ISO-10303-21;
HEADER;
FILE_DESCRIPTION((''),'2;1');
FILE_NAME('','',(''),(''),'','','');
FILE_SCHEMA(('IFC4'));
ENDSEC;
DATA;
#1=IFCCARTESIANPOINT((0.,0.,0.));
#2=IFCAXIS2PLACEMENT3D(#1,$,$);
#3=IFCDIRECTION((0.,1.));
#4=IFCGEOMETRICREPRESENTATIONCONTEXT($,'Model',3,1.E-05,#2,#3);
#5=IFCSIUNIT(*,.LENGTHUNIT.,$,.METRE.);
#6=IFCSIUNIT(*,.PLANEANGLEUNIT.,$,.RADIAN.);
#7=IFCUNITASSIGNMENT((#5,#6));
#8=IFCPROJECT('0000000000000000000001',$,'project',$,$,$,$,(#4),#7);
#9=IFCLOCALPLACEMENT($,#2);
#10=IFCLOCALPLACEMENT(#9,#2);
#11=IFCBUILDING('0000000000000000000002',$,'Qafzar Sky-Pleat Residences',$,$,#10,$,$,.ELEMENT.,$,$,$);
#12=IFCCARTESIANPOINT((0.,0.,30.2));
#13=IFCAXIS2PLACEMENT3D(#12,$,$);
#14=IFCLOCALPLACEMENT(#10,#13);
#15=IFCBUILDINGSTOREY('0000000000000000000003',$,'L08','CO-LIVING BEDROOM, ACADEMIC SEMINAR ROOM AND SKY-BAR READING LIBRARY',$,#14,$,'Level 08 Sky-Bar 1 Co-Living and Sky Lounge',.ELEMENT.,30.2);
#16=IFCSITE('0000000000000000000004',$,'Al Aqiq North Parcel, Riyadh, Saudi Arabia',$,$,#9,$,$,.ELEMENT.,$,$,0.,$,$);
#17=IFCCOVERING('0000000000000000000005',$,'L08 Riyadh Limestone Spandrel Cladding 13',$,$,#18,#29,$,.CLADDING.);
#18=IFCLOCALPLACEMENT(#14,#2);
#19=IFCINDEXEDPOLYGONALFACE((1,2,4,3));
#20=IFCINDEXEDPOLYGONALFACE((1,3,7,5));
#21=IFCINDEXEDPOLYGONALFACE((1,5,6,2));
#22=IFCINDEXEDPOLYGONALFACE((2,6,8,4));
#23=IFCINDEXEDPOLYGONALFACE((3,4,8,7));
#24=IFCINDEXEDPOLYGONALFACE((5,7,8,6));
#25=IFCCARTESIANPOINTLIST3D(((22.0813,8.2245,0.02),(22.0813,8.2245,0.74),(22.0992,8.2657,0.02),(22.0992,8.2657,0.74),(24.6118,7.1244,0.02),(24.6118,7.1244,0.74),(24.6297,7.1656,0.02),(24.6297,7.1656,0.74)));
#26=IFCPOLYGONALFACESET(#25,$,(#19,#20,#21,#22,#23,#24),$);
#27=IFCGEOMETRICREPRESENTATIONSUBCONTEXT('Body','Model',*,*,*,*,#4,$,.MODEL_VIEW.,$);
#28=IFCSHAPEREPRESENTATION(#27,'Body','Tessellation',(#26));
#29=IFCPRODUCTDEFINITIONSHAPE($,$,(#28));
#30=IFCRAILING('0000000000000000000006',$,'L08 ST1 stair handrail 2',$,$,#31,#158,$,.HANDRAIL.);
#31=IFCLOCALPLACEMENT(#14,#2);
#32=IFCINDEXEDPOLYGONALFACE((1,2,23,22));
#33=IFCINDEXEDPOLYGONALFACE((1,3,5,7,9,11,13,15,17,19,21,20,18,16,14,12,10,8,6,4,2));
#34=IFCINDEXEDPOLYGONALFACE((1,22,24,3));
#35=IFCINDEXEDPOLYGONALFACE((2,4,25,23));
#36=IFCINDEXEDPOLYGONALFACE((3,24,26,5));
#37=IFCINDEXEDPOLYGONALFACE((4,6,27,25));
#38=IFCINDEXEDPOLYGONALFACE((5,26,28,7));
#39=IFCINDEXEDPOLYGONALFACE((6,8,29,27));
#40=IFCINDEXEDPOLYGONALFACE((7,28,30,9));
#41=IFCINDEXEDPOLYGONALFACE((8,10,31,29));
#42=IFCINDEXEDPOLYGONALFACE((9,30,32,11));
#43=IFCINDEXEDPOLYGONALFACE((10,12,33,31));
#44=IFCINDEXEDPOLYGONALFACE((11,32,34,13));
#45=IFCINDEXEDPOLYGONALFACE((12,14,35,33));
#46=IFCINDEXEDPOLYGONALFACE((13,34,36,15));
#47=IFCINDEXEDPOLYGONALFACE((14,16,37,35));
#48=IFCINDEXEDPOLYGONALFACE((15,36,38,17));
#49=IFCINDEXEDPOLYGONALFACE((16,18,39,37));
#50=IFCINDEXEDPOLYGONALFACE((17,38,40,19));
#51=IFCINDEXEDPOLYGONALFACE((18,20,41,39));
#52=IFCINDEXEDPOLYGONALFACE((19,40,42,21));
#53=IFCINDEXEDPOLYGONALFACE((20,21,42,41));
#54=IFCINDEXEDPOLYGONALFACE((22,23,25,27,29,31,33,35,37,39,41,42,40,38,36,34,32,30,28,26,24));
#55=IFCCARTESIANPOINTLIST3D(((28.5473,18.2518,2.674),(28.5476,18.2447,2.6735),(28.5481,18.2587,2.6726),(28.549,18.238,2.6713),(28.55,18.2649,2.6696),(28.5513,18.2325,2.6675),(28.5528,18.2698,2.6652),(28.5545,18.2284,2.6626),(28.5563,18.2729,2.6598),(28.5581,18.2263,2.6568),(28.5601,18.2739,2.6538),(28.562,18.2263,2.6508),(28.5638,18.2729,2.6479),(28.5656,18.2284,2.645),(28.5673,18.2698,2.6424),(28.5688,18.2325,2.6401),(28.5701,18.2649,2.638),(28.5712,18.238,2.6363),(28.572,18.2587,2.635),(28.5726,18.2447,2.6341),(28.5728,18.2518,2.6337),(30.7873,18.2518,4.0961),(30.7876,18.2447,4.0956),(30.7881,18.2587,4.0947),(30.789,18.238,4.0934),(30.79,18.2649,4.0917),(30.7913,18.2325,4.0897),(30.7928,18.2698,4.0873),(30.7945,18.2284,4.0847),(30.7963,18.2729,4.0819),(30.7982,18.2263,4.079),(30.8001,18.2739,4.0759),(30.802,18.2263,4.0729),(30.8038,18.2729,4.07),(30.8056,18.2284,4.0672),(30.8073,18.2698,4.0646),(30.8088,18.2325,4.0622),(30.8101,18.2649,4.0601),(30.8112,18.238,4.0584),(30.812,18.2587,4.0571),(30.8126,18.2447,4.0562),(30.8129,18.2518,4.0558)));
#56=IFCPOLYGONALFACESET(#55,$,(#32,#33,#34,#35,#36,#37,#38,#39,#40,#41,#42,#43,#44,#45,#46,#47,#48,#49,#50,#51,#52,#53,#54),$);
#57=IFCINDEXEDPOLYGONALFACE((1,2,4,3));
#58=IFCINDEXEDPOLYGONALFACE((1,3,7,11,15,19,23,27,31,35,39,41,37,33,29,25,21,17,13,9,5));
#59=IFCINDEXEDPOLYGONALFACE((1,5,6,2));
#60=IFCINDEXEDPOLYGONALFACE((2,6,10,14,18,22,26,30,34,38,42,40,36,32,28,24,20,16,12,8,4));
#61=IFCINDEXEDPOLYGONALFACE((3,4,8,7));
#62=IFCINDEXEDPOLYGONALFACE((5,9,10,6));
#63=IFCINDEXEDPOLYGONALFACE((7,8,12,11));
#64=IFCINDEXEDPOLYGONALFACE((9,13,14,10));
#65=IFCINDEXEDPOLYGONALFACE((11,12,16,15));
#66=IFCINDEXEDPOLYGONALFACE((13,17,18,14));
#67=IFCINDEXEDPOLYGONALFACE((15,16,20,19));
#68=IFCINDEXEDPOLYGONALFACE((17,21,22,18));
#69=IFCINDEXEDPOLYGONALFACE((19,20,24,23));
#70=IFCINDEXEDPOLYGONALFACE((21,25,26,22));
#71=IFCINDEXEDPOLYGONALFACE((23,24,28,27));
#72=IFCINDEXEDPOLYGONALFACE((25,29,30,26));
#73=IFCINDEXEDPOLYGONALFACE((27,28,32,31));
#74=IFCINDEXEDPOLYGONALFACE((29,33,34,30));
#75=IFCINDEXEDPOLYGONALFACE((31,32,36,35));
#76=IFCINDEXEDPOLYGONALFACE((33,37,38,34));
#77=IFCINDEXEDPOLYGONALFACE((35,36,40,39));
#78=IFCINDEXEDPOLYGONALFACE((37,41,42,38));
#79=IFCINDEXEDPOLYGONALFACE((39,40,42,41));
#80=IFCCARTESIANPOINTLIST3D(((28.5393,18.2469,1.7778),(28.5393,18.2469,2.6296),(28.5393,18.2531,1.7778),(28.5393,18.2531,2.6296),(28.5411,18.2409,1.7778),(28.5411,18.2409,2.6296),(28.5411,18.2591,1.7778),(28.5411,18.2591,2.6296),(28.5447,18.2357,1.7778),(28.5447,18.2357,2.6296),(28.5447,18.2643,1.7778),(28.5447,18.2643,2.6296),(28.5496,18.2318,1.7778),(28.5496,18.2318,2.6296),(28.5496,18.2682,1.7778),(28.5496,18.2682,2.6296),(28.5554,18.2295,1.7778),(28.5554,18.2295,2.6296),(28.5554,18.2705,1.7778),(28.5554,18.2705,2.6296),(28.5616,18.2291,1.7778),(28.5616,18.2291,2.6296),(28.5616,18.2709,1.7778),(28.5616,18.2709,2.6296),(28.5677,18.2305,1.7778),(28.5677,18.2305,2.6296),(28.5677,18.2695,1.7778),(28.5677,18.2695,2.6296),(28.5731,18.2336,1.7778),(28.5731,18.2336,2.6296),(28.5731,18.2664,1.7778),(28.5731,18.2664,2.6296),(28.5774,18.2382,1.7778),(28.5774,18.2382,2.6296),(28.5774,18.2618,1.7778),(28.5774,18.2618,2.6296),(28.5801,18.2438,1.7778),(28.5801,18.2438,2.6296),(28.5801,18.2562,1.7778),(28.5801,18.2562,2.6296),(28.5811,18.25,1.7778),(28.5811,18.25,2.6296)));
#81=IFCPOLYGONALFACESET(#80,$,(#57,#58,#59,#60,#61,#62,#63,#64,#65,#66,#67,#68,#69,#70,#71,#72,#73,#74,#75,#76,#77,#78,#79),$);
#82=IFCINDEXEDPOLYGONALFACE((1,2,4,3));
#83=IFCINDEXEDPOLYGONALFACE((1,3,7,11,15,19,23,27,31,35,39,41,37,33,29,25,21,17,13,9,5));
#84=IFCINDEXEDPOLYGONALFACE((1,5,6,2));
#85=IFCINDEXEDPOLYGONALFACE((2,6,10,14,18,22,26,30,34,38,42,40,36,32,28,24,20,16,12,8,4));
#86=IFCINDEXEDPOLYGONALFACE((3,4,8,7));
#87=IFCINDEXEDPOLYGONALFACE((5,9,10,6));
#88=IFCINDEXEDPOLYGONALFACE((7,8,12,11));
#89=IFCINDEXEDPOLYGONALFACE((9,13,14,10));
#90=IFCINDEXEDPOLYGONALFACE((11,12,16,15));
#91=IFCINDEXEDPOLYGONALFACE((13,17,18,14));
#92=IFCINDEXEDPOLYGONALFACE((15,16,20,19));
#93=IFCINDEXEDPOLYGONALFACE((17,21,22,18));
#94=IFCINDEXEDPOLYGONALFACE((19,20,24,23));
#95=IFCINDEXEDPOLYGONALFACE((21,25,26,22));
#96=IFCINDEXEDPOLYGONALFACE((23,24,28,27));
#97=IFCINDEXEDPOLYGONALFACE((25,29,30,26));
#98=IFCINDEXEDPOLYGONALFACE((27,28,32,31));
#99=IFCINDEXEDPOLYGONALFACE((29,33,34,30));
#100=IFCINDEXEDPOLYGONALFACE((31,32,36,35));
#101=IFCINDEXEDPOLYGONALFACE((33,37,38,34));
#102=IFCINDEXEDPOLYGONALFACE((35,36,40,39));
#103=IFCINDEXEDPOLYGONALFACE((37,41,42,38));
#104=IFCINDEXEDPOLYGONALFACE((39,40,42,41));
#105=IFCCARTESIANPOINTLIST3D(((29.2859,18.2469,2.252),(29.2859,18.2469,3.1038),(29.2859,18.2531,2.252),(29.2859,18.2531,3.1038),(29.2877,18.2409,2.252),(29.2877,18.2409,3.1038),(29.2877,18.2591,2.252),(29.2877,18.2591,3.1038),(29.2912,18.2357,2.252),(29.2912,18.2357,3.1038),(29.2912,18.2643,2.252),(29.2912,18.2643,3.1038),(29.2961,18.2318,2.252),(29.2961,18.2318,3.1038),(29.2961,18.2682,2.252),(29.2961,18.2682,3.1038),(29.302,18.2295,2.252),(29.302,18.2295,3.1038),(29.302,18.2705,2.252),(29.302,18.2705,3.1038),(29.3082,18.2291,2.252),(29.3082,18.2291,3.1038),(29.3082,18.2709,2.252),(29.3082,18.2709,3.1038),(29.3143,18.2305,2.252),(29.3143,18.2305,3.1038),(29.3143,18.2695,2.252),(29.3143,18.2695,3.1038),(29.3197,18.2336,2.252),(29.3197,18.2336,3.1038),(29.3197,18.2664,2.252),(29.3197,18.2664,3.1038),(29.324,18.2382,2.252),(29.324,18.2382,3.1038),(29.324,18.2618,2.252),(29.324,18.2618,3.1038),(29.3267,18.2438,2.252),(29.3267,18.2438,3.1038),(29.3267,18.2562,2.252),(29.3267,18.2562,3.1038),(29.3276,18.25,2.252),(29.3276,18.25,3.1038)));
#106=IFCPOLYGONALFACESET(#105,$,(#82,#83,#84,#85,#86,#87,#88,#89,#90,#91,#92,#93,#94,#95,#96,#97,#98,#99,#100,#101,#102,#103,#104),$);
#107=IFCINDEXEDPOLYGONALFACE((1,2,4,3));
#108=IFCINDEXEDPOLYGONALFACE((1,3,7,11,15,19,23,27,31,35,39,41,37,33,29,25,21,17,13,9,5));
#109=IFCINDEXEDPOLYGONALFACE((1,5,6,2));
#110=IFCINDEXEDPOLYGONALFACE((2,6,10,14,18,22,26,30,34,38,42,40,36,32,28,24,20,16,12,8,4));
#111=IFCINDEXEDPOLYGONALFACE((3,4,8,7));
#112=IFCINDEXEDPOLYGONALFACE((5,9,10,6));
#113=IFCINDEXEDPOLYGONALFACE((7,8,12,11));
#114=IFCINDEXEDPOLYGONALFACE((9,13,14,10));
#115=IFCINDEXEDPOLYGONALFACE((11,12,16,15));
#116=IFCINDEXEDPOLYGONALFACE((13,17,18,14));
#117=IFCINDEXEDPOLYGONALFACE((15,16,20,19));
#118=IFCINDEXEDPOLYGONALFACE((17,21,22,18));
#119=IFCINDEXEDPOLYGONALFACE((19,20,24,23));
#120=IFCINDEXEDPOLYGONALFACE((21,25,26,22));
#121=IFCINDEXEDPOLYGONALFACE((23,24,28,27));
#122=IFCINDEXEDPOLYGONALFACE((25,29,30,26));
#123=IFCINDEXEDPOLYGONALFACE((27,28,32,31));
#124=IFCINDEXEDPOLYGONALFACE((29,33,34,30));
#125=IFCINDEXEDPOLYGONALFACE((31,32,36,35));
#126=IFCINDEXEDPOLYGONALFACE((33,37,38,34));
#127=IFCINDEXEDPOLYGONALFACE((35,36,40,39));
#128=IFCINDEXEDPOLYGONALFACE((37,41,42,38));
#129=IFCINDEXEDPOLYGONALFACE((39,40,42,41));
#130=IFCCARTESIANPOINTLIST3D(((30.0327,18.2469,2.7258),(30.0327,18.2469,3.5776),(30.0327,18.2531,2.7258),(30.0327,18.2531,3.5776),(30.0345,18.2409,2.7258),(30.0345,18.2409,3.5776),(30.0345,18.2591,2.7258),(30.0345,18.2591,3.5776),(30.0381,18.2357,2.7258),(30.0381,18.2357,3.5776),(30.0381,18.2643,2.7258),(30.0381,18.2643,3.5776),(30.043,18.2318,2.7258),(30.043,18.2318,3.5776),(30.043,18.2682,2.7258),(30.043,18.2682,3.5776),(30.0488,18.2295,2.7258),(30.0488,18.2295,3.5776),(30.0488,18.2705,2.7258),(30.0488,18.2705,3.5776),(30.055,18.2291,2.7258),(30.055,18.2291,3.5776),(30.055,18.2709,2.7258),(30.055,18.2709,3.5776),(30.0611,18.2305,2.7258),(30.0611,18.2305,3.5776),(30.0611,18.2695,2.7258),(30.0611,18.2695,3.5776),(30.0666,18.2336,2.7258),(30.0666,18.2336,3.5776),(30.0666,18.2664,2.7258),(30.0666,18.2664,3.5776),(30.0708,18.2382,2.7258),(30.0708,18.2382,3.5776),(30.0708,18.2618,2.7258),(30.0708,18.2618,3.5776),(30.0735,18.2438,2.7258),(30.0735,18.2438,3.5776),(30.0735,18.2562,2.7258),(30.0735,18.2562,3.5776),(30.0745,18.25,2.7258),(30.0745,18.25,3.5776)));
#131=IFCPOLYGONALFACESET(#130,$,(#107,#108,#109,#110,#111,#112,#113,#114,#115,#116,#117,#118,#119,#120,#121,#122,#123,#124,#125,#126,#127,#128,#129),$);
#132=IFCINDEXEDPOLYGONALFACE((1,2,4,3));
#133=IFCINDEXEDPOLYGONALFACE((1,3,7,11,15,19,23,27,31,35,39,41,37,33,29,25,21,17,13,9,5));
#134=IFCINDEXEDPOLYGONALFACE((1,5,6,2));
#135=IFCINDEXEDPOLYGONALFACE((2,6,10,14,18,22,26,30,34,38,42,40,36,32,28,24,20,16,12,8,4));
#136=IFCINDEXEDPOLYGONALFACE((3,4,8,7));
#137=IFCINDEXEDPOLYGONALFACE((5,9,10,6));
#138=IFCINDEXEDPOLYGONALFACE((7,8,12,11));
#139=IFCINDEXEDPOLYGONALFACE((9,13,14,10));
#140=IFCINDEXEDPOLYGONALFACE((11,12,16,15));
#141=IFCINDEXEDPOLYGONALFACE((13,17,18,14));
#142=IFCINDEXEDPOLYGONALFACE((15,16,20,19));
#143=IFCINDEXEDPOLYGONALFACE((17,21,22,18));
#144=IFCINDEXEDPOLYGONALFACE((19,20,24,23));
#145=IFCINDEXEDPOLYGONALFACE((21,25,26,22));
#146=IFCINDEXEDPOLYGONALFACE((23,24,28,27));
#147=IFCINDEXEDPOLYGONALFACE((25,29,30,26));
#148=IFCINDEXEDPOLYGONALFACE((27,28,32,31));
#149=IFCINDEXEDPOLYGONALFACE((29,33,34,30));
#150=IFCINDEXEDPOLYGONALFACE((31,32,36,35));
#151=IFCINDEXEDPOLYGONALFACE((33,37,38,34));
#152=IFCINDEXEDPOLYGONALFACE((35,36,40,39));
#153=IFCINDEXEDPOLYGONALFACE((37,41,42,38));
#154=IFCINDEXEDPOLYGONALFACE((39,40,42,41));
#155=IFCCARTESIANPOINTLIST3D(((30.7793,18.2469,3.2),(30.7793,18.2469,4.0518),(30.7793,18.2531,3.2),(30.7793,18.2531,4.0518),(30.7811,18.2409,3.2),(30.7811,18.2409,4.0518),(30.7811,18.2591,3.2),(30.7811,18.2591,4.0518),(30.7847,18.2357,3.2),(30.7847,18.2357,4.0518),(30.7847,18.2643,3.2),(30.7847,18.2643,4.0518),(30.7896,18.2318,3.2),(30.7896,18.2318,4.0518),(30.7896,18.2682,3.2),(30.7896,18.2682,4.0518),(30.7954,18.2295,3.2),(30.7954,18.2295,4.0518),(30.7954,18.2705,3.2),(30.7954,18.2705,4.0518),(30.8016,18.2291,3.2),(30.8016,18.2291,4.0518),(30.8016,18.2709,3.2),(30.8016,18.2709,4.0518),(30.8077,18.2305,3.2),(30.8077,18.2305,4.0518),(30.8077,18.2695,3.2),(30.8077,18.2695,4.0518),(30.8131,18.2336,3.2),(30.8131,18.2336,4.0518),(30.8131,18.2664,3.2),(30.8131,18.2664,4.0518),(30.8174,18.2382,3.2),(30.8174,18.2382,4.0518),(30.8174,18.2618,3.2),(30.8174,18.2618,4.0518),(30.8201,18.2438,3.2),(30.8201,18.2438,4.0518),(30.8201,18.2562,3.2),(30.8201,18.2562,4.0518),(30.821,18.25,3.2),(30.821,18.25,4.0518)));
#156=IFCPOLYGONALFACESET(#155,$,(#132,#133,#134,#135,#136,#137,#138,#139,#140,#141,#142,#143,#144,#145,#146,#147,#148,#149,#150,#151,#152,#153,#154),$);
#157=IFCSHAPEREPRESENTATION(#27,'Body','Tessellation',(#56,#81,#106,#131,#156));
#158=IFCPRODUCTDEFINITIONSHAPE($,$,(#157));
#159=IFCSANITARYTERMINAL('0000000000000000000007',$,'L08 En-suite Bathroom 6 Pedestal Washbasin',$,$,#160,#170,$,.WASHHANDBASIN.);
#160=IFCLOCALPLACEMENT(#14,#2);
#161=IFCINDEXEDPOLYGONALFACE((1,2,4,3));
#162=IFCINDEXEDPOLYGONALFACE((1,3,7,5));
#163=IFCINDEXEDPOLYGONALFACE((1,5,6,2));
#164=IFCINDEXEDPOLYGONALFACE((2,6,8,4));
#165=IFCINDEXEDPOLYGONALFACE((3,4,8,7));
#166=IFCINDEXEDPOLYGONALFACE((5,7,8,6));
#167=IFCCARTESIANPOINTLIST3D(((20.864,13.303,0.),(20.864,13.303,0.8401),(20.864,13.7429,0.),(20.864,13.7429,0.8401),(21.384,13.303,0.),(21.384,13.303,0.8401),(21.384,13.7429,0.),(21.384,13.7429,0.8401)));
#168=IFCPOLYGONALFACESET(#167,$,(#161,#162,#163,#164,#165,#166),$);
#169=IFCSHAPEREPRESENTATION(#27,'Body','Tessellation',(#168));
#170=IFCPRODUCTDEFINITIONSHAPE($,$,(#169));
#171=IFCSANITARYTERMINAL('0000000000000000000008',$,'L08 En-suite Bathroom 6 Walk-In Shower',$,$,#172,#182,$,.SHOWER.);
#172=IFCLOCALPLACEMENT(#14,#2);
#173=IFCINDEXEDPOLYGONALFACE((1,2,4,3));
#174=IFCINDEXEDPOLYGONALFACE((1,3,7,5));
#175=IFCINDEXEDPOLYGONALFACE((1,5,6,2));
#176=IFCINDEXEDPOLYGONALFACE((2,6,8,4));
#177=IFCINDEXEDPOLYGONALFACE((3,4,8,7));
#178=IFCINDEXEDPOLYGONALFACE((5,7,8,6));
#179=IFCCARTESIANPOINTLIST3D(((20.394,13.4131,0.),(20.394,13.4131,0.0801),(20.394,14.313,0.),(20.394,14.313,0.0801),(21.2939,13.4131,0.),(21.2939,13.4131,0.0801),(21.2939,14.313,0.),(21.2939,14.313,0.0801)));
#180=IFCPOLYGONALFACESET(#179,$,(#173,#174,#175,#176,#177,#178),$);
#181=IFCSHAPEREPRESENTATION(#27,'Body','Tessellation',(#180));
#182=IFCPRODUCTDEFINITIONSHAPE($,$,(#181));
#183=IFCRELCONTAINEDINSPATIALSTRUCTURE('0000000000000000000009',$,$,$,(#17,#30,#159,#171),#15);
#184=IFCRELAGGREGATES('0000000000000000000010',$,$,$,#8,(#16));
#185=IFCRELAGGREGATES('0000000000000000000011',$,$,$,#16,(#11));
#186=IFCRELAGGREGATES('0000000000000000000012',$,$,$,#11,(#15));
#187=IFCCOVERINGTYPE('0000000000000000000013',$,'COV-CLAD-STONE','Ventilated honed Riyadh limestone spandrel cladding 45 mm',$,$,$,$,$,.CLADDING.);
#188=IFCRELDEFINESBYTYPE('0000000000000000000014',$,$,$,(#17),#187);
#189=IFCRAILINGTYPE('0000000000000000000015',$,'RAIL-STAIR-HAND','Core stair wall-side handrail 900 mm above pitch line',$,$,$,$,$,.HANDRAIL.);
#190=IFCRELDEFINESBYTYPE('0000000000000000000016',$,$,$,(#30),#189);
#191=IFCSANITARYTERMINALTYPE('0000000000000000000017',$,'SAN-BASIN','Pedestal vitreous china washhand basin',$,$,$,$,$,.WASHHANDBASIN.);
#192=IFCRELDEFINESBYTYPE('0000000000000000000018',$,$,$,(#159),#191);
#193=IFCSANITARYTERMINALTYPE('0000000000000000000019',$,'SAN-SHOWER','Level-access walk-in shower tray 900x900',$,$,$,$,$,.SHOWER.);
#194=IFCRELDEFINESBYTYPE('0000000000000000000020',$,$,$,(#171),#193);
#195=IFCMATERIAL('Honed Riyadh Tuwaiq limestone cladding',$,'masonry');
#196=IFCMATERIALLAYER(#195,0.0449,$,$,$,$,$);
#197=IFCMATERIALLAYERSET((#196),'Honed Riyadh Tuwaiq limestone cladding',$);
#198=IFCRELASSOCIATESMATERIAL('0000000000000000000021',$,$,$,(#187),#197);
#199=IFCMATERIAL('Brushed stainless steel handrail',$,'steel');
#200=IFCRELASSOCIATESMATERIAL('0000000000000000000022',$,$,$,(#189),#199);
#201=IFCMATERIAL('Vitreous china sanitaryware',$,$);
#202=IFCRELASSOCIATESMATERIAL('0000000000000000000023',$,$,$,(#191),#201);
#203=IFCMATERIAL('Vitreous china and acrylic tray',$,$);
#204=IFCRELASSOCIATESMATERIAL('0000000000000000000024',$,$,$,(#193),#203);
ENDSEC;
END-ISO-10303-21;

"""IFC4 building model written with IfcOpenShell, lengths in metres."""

from ifc_helpers import new_model, si_unit, direction, frame, origin, origin_2d, place, context, subcontext, project, spatial, rectangle, circle, extrude, source, transform, mapped, material, layer, layer_set, type_object, element, save


model = new_model("IFC4")

# Units and contexts
model_context = context("Model", 3, precision=1e-05, world=origin(), true_north=direction((0.0, 1.0)))
body_context = subcontext(model_context, "Body", "Model", "MODEL_VIEW")
ifc_project = project(units=[si_unit("LENGTHUNIT", "METRE"), si_unit("PLANEANGLEUNIT", "RADIAN")], contexts=[model_context])

# Site, building, storey
site_placement = place(None, origin())
site = spatial("IfcSite", under=ifc_project, at=site_placement, Name="Al Aqiq North Parcel, Riyadh, Saudi Arabia", CompositionType="ELEMENT", RefElevation=0.0)
building_placement = place(site_placement, origin())
building = spatial("IfcBuilding", under=site, at=building_placement, Name="Qafzar Sky-Pleat Residences", CompositionType="ELEMENT")
storey_placement = place(building_placement, frame((0.0, 0.0, 30.2)))
storey = spatial("IfcBuildingStorey", under=building, at=storey_placement, Name="L08", Description="CO-LIVING BEDROOM, ACADEMIC SEMINAR ROOM AND SKY-BAR READING LIBRARY", LongName="Level 08 Sky-Bar 1 Co-Living and Sky Lounge", CompositionType="ELEMENT", Elevation=30.2)

# Covering
ifc_material_1 = material(Name="Honed Riyadh Tuwaiq limestone cladding", Category="masonry")
ifc_layer_1 = layer(ifc_material_1, 0.0449)
ifc_layer_set_1 = layer_set([ifc_layer_1], Name="Honed Riyadh Tuwaiq limestone cladding")
covering_type = type_object("IfcCoveringType", Name="COV-CLAD-STONE", Description="Ventilated honed Riyadh limestone spandrel cladding 45 mm", PredefinedType="CLADDING", material=ifc_layer_set_1)
shared_shape_1 = source(origin(), body_context, "Body", "SweptSolid", [
    extrude(rectangle(XDim=2.7593, YDim=0.0449, at=origin_2d()), origin(), (0.0, 0.0, 1.0), 0.72),
])
covering_placement = place(storey_placement, frame((23.3555, 7.6951, 0.02), z_axis=(0.0, 0.0, 1.0), x_axis=(0.917079, -0.398705, 0.0)))
element("IfcCovering", 1, at=covering_placement, inside=storey, type_object=covering_type, Name="L08 Riyadh Limestone Spandrel Cladding 13", PredefinedType="CLADDING", context=body_context, shape_type="MappedRepresentation", body=[
    mapped(shared_shape_1, transform((0.0, 0.0, 0.0), x_axis=(1.0, 0.0, 0.0), y_axis=(0.0, 1.0, 0.0), z_axis=(0.0, 0.0, 1.0), scale=1.0)),
])

# Railing
ifc_material_2 = material(Name="Brushed stainless steel handrail", Category="steel")
railing_type = type_object("IfcRailingType", Name="RAIL-STAIR-HAND", Description="Core stair wall-side handrail 900 mm above pitch line", PredefinedType="HANDRAIL", material=ifc_material_2)
shared_shape_2 = source(origin(), body_context, "Body", "SweptSolid", [
    extrude(circle(Radius=0.0239, at=origin_2d()), frame((0.0, 0.0, 0.876), z_axis=(0.844229, 0.0, 0.535982), x_axis=(0.0, 1.0, 0.0)), (0.0, 0.0, 1.0), 2.6533),
    extrude(circle(Radius=0.021, at=origin_2d()), origin(), (0.0, 0.0, 1.0), 0.8518),
    extrude(circle(Radius=0.021, at=origin_2d()), frame((0.7466, 0.0, 0.4741)), (0.0, 0.0, 1.0), 0.8518),
    extrude(circle(Radius=0.021, at=origin_2d()), frame((1.4934, 0.0, 0.948)), (0.0, 0.0, 1.0), 0.8518),
    extrude(circle(Radius=0.021, at=origin_2d()), frame((2.24, 0.0, 1.4221)), (0.0, 0.0, 1.0), 0.8518),
])
railing_placement = place(storey_placement, frame((28.5601, 18.25, 1.7778)))
element("IfcRailing", 2, at=railing_placement, inside=storey, type_object=railing_type, Name="L08 ST1 stair handrail 2", PredefinedType="HANDRAIL", context=body_context, shape_type="MappedRepresentation", body=[
    mapped(shared_shape_2, transform((0.0, 0.0, 0.0), x_axis=(1.0, 0.0, 0.0), y_axis=(0.0, 1.0, 0.0), z_axis=(0.0, 0.0, 1.0), scale=1.0)),
])

# Sanitary terminals
ifc_material_3 = material(Name="Vitreous china sanitaryware")
sanitary_terminal_type_1 = type_object("IfcSanitaryTerminalType", Name="SAN-BASIN", Description="Pedestal vitreous china washhand basin", PredefinedType="WASHHANDBASIN", material=ifc_material_3)
shared_shape_3 = source(origin(), body_context, "Body", "SweptSolid", [
    extrude(rectangle(XDim=0.52, YDim=0.4399, at=origin_2d()), origin(), (0.0, 0.0, 1.0), 0.8401),
])
sanitary_terminal_1_placement = place(storey_placement, frame((21.124, 13.5229, 0.0), z_axis=(0.0, 0.0, 1.0), x_axis=(1.0, 0.0, 0.0)))
element("IfcSanitaryTerminal", 3, at=sanitary_terminal_1_placement, inside=storey, type_object=sanitary_terminal_type_1, Name="L08 En-suite Bathroom 6 Pedestal Washbasin", PredefinedType="WASHHANDBASIN", context=body_context, shape_type="MappedRepresentation", body=[
    mapped(shared_shape_3, transform((0.0, 0.0, 0.0), x_axis=(1.0, 0.0, 0.0), y_axis=(0.0, 1.0, 0.0), z_axis=(0.0, 0.0, 1.0), scale=1.0)),
])
ifc_material_4 = material(Name="Vitreous china and acrylic tray")
sanitary_terminal_type_2 = type_object("IfcSanitaryTerminalType", Name="SAN-SHOWER", Description="Level-access walk-in shower tray 900x900", PredefinedType="SHOWER", material=ifc_material_4)
shared_shape_4 = source(origin(), body_context, "Body", "SweptSolid", [
    extrude(rectangle(XDim=0.8999, YDim=0.8999, at=origin_2d()), origin(), (0.0, 0.0, 1.0), 0.0801),
])
sanitary_terminal_2_placement = place(storey_placement, frame((20.844, 13.863, 0.0), z_axis=(0.0, 0.0, 1.0), x_axis=(1.0, 0.0, 0.0)))
element("IfcSanitaryTerminal", 4, at=sanitary_terminal_2_placement, inside=storey, type_object=sanitary_terminal_type_2, Name="L08 En-suite Bathroom 6 Walk-In Shower", PredefinedType="SHOWER", context=body_context, shape_type="MappedRepresentation", body=[
    mapped(shared_shape_4, transform((0.0, 0.0, 0.0), x_axis=(1.0, 0.0, 0.0), y_axis=(0.0, 1.0, 0.0), z_axis=(0.0, 0.0, 1.0), scale=1.0)),
])

save(model, "model.ifc")
